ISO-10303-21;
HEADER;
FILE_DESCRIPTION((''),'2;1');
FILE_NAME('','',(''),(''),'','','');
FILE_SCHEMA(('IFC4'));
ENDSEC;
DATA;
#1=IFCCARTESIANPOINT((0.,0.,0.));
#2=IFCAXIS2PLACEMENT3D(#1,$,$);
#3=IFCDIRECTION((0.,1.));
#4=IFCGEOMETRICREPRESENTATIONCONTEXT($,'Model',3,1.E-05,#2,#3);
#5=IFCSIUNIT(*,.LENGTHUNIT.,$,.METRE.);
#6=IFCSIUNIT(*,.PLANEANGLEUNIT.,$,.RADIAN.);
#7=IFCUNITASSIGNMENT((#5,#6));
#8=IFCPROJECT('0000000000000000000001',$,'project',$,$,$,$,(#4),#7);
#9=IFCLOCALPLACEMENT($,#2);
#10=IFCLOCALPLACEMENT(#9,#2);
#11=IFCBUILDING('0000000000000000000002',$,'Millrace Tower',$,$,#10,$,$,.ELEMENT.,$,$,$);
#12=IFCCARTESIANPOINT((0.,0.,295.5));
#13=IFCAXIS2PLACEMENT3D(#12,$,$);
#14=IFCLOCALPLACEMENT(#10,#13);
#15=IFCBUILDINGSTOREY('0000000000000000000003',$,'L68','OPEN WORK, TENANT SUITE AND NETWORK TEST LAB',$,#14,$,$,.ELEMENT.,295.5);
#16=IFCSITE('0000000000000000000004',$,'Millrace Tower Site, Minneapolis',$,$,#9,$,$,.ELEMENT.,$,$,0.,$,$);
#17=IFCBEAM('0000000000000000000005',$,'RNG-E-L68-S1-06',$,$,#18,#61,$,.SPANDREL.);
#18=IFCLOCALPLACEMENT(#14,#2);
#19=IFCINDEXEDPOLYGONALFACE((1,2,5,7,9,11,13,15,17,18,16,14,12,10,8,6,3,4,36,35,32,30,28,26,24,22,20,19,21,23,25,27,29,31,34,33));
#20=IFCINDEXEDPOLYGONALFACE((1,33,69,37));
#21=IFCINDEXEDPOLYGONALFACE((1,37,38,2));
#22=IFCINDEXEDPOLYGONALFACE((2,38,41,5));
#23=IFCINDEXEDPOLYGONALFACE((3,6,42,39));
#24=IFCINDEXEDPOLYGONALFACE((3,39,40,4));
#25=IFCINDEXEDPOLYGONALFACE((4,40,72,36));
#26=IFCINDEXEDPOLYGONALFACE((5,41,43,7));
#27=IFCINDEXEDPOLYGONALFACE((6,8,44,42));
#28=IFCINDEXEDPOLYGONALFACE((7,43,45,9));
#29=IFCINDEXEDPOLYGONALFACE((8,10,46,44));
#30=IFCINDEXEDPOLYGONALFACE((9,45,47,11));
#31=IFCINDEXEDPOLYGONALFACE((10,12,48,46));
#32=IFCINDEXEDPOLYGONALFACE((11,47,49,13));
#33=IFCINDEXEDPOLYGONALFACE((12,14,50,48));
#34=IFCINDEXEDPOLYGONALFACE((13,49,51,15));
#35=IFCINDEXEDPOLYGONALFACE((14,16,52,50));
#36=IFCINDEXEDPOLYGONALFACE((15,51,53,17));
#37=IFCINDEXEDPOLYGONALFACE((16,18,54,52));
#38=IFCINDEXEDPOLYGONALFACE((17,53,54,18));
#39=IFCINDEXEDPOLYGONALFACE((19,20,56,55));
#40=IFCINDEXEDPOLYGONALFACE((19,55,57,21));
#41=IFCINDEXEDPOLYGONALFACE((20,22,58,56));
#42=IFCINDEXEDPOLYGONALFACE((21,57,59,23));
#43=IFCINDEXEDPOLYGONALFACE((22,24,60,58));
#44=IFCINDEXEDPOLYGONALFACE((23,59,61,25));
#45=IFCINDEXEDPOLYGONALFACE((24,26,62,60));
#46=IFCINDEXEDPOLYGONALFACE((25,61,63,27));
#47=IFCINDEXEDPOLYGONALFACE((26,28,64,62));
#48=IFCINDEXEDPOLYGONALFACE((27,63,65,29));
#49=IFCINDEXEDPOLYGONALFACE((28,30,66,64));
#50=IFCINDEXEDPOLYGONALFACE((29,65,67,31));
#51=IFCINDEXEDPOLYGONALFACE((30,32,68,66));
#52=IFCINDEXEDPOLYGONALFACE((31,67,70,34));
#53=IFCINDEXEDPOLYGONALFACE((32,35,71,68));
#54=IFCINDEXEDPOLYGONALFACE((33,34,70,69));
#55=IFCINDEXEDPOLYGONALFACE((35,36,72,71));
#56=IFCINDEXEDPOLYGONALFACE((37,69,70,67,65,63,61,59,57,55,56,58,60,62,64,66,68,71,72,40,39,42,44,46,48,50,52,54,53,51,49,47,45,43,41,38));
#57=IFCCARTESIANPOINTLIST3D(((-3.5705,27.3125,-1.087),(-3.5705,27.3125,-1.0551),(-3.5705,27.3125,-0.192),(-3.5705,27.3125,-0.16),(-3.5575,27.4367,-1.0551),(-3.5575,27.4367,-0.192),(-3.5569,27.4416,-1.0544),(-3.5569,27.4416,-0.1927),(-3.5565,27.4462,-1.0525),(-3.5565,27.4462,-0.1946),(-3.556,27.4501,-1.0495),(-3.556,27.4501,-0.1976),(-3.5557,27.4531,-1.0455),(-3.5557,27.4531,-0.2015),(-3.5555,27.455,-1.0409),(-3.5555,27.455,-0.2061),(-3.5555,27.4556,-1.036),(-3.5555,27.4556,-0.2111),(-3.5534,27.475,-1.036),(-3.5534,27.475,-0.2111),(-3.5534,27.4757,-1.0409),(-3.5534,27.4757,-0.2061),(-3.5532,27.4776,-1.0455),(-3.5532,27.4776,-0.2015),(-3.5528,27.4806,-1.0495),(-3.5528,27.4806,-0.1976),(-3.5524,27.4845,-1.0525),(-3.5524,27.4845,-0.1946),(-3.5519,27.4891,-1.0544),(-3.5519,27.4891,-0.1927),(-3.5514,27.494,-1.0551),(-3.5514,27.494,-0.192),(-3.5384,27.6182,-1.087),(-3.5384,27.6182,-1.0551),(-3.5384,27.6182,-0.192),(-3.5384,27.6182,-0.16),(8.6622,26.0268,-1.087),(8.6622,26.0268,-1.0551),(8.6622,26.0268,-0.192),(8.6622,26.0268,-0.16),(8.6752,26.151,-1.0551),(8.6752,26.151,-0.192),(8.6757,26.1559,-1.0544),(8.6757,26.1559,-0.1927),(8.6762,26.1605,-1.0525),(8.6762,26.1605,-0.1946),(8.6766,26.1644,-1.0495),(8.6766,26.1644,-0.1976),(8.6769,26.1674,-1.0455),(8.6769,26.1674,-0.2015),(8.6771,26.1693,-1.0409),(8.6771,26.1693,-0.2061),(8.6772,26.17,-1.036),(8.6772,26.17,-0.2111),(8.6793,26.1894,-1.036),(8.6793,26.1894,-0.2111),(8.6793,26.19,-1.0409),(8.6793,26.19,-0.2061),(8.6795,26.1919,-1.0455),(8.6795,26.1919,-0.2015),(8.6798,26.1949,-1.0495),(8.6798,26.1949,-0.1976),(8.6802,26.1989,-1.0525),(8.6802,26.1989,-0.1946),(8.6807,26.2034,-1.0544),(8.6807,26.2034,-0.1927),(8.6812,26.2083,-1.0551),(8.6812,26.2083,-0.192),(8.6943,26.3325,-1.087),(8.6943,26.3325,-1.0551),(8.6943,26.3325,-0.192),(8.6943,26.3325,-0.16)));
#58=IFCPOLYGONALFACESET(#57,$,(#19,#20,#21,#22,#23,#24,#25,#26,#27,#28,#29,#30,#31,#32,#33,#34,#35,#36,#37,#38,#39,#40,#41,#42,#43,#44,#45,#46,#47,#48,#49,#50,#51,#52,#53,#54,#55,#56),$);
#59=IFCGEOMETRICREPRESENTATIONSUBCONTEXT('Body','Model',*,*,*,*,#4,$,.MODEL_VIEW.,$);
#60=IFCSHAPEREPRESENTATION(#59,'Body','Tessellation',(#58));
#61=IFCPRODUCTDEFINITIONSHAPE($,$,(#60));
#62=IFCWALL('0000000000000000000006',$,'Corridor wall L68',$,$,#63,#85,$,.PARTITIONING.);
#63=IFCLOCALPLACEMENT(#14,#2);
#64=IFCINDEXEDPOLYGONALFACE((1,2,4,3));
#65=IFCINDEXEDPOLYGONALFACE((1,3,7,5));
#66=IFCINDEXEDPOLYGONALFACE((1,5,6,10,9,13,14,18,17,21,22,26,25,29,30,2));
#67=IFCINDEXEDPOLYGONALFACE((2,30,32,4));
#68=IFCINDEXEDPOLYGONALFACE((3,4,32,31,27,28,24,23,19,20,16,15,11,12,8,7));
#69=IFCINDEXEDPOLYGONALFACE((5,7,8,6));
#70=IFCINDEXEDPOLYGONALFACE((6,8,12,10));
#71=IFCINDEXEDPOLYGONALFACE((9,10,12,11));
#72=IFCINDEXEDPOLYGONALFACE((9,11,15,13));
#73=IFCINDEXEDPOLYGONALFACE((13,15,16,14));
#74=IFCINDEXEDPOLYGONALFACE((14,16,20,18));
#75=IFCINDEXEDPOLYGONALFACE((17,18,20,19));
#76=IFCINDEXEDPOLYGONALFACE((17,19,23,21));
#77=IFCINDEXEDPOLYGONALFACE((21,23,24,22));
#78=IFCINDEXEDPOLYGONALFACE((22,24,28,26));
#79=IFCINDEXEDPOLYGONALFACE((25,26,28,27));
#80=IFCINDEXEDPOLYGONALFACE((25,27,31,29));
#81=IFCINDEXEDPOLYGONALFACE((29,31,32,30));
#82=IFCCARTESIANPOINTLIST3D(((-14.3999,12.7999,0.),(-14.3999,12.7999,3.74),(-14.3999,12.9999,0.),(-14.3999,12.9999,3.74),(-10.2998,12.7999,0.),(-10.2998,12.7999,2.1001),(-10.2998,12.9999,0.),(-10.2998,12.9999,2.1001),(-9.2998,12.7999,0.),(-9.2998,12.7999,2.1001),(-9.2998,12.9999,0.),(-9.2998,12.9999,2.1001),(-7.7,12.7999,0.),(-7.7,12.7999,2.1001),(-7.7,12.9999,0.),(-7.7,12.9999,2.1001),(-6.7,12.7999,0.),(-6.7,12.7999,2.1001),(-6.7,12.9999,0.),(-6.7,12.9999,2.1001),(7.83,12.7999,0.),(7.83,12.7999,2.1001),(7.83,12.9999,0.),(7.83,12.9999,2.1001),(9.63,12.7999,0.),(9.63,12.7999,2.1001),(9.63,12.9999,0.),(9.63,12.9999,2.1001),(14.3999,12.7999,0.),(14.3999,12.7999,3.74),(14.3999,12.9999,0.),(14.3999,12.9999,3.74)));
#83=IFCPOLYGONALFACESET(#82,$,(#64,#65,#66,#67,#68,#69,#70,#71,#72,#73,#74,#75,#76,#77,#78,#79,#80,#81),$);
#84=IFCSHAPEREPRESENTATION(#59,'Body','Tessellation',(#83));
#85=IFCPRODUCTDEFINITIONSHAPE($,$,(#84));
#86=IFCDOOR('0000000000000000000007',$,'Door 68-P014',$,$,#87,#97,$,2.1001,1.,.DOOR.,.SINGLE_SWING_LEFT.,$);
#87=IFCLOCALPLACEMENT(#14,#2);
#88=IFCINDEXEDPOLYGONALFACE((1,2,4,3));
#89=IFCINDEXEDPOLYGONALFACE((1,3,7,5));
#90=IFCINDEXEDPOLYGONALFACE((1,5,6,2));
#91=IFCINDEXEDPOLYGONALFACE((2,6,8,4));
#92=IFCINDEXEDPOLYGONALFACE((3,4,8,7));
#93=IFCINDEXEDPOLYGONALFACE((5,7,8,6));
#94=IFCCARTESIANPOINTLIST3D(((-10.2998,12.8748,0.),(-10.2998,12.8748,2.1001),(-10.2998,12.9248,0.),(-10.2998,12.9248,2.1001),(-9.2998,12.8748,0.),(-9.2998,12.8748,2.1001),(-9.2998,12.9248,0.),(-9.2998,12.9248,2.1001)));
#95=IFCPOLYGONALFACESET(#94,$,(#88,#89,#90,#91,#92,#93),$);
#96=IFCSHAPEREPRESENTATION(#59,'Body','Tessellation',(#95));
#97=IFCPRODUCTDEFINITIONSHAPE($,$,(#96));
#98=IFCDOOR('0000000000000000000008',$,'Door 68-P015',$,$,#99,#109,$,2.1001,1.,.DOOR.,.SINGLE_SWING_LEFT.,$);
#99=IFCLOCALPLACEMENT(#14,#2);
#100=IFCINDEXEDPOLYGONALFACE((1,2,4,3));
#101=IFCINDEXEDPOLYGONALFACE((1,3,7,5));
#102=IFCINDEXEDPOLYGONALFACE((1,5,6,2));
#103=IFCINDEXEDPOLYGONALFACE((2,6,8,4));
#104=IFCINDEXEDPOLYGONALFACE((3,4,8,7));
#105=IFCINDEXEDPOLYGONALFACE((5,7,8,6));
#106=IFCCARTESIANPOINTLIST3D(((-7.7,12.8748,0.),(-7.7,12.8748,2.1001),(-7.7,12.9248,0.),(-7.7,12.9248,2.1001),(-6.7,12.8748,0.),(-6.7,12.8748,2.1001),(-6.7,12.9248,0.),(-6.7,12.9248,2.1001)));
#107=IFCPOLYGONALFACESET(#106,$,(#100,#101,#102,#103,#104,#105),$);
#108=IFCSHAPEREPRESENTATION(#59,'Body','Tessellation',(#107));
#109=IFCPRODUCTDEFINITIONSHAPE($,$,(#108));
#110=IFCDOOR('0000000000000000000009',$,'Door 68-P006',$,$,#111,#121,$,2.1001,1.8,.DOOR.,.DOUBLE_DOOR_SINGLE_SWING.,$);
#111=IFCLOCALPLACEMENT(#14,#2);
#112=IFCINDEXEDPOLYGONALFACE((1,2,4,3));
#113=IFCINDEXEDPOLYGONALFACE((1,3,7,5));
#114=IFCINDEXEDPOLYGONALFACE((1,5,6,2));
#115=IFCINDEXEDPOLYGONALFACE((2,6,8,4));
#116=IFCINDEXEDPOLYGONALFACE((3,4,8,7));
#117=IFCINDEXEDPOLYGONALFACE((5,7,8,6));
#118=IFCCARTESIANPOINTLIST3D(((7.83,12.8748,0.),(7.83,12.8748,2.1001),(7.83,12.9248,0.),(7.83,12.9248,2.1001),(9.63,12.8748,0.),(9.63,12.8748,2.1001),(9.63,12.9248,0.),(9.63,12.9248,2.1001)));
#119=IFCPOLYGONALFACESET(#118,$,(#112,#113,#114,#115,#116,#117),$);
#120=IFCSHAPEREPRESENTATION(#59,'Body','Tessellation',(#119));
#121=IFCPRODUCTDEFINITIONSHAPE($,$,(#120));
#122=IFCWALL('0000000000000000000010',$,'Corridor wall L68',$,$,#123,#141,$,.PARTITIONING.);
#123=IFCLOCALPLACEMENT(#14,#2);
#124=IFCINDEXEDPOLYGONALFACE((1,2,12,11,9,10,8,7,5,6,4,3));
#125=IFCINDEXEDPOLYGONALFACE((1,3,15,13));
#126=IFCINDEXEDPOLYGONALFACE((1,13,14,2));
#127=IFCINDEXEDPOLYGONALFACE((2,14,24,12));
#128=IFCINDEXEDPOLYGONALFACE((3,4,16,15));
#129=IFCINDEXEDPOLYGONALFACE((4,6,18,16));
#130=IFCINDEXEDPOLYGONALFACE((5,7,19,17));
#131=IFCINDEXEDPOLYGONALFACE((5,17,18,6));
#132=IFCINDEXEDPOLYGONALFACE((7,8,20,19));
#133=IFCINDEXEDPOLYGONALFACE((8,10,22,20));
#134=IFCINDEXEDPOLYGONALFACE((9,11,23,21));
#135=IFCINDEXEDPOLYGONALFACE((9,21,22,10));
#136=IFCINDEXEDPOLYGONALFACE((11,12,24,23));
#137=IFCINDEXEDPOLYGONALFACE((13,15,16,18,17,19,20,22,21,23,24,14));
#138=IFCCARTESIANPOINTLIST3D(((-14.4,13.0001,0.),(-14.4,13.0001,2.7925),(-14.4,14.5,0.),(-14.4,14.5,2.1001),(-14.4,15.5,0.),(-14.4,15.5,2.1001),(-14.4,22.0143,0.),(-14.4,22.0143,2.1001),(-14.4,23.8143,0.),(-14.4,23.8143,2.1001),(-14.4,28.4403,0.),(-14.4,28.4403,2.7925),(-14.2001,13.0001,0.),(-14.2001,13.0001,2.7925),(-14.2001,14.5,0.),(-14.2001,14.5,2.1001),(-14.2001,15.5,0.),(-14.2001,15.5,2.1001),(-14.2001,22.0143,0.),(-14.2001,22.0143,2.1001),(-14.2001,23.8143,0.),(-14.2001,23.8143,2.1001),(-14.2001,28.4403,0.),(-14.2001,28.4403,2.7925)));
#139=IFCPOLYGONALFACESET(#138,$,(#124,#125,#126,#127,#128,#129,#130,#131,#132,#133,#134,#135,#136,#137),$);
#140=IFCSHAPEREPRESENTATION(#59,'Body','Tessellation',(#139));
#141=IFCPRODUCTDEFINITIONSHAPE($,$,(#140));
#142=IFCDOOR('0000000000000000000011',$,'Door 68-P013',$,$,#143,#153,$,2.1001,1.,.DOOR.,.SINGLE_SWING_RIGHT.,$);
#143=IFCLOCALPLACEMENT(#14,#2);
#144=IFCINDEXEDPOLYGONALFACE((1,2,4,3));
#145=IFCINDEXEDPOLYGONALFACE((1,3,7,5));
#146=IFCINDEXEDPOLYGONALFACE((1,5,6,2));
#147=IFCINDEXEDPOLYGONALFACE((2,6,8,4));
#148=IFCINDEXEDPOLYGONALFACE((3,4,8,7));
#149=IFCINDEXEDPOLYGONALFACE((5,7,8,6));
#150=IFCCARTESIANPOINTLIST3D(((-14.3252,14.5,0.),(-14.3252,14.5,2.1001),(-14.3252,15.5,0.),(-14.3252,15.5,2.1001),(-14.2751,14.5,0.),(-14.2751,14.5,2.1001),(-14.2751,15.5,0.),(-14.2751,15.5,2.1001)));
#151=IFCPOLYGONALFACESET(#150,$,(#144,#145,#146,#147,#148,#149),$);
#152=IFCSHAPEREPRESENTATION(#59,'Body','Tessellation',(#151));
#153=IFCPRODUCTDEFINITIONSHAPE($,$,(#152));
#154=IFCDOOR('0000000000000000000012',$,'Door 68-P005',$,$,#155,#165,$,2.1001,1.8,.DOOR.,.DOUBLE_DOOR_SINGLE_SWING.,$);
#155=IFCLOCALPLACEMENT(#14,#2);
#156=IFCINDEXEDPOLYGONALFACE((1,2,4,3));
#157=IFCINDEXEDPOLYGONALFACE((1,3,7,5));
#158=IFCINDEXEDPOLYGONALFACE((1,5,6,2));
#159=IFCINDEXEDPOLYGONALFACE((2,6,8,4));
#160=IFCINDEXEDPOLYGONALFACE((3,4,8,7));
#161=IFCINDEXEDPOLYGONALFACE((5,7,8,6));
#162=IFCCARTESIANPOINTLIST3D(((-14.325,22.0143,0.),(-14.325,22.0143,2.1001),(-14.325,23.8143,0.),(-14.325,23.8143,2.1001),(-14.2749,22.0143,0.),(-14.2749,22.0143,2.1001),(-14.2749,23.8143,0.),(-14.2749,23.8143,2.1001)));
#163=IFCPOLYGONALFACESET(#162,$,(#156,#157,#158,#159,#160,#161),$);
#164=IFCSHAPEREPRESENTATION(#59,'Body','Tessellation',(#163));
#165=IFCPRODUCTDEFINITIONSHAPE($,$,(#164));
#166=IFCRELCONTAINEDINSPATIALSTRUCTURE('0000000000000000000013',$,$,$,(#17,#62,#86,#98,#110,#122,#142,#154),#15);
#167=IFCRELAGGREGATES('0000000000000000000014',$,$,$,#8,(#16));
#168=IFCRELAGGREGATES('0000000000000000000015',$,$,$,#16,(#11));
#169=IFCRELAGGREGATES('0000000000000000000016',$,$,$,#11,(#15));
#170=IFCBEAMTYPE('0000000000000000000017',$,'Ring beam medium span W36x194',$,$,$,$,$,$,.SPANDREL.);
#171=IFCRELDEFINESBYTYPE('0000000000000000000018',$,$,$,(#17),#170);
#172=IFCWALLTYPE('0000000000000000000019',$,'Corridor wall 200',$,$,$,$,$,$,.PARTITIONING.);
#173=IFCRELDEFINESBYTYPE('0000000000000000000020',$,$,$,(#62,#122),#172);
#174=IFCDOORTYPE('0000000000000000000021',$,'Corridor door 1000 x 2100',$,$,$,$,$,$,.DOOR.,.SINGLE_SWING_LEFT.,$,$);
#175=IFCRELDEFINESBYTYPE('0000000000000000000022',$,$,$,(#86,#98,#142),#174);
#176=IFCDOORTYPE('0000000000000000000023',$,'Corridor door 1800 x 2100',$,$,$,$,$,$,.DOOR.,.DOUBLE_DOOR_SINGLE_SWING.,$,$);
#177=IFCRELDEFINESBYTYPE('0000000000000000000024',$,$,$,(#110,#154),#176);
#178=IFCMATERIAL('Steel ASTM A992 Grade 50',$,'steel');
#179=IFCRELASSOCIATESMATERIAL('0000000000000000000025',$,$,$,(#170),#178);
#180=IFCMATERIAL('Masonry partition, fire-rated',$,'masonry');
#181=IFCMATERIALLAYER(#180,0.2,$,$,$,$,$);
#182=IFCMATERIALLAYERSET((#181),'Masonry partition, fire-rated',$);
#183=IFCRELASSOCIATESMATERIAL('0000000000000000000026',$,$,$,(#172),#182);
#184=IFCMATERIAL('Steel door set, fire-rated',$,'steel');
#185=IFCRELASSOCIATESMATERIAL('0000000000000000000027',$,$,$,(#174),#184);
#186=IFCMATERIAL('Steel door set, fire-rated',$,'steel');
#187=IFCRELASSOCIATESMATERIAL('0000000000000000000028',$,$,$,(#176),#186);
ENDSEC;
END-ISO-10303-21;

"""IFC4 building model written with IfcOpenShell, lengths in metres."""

from ifc_helpers import new_model, si_unit, direction, frame, frame_2d, origin, origin_2d, place, context, subcontext, project, spatial, rectangle, i_section, extrude, material, layer, layer_set, material_profile, profile_set, type_object, element, fill, save


model = new_model("IFC4")

# Units and contexts
model_context = context("Model", 3, precision=1e-05, world=origin(), true_north=direction((0.0, 1.0)))
body_context = subcontext(model_context, "Body", "Model", "MODEL_VIEW")
ifc_project = project(units=[si_unit("LENGTHUNIT", "METRE"), si_unit("PLANEANGLEUNIT", "RADIAN")], contexts=[model_context])

# Site, building, storey
site_placement = place(None, origin())
site = spatial("IfcSite", under=ifc_project, at=site_placement, Name="Millrace Tower Site, Minneapolis", CompositionType="ELEMENT", RefElevation=0.0)
building_placement = place(site_placement, origin())
building = spatial("IfcBuilding", under=site, at=building_placement, Name="Millrace Tower", CompositionType="ELEMENT")
storey_placement = place(building_placement, frame((0.0, 0.0, 295.5)))
storey = spatial("IfcBuildingStorey", under=building, at=storey_placement, Name="L68", Description="OPEN WORK, TENANT SUITE AND NETWORK TEST LAB", CompositionType="ELEMENT", Elevation=295.5)

# Beam
ifc_material_1 = material(Name="Steel ASTM A992 Grade 50", Category="steel")
ifc_material_profile_1 = material_profile(ifc_material_1, i_section(OverallWidth=0.3074, OverallDepth=0.927, WebThickness=0.0195, FlangeThickness=0.032, FilletRadius=0.019, at=origin_2d()))
ifc_profile_set_1 = profile_set([ifc_material_profile_1], Name="Steel ASTM A992 Grade 50")
beam_type_1 = type_object("IfcBeamType", Name="Ring beam medium span W36x194", PredefinedType="SPANDREL", material=ifc_profile_set_1)
beam_1_placement = place(storey_placement, frame((-3.5544, 27.4653, -0.6235), z_axis=(0.994522, -0.104524, 0.0), x_axis=(0.104524, 0.994522, 0.0)))
element("IfcBeam", 1, at=beam_1_placement, inside=storey, type_object=beam_type_1, Name="RNG-E-L68-S1-06", PredefinedType="SPANDREL", context=body_context, shape_type="SweptSolid", body=[
    extrude(i_section(OverallWidth=0.3074, OverallDepth=0.927, WebThickness=0.0195, FlangeThickness=0.032, FilletRadius=0.019, at=origin_2d()), origin(), (0.0, 0.0, 1.0), 12.3),
])

# Walls, openings, doors
ifc_material_2 = material(Name="Masonry partition, fire-rated", Category="masonry")
ifc_layer_1 = layer(ifc_material_2, 0.2)
ifc_layer_set_1 = layer_set([ifc_layer_1], Name="Masonry partition, fire-rated")
wall_type_1 = type_object("IfcWallType", Name="Corridor wall 200", PredefinedType="PARTITIONING", material=ifc_layer_set_1)
wall_1_placement = place(storey_placement, frame((-14.3999, 12.8999, 0.0), z_axis=(0.0, 0.0, 1.0), x_axis=(1.0, 0.0, 0.0)))
wall_1 = element("IfcWall", 2, at=wall_1_placement, inside=storey, type_object=wall_type_1, Name="Corridor wall L68", PredefinedType="PARTITIONING", context=body_context, shape_type="SweptSolid", body=[
    extrude(rectangle(XDim=28.7998, YDim=0.2, at=frame_2d((14.3999, 0.0))), origin(), (0.0, 0.0, 1.0), 3.74),
])
opening_1_placement = place(wall_1_placement, frame((22.23, 0.0, 0.0)))
opening_1 = element("IfcOpeningElement", 3, at=opening_1_placement, cuts=wall_1, PredefinedType="OPENING", context=body_context, shape_type="SweptSolid", body=[
    extrude(rectangle(XDim=1.8, YDim=2.1001, at=frame_2d((0.8999, 1.05))), frame((0.0, 0.1099, 0.0), z_axis=(0.0, -1.0, 0.0), x_axis=(1.0, 0.0, 0.0)), (0.0, 0.0, 1.0), 0.22),
])
opening_2_placement = place(wall_1_placement, frame((4.1001, 0.0, 0.0)))
opening_2 = element("IfcOpeningElement", 4, at=opening_2_placement, cuts=wall_1, PredefinedType="OPENING", context=body_context, shape_type="SweptSolid", body=[
    extrude(rectangle(XDim=1.0, YDim=2.1001, at=frame_2d((0.5, 1.05))), frame((0.0, 0.1099, 0.0), z_axis=(0.0, -1.0, 0.0), x_axis=(1.0, 0.0, 0.0)), (0.0, 0.0, 1.0), 0.22),
])
opening_3_placement = place(wall_1_placement, frame((6.7, 0.0, 0.0)))
opening_3 = element("IfcOpeningElement", 5, at=opening_3_placement, cuts=wall_1, PredefinedType="OPENING", context=body_context, shape_type="SweptSolid", body=[
    extrude(rectangle(XDim=1.0, YDim=2.1001, at=frame_2d((0.5, 1.05))), frame((0.0, 0.1099, 0.0), z_axis=(0.0, -1.0, 0.0), x_axis=(1.0, 0.0, 0.0)), (0.0, 0.0, 1.0), 0.22),
])
ifc_material_3 = material(Name="Steel door set, fire-rated", Category="steel")
door_type_1 = type_object("IfcDoorType", Name="Corridor door 1000 x 2100", OperationType="SINGLE_SWING_LEFT", PredefinedType="DOOR", material=ifc_material_3)
door_1_placement = place(opening_2_placement, origin())
door_1 = element("IfcDoor", 6, at=door_1_placement, inside=storey, type_object=door_type_1, Name="Door 68-P014", OperationType="SINGLE_SWING_LEFT", OverallHeight=2.1001, OverallWidth=1.0, PredefinedType="DOOR", context=body_context, shape_type="SweptSolid", body=[
    extrude(rectangle(XDim=1.0, YDim=2.1001, at=frame_2d((0.5, 1.05))), frame((0.0, 0.0249, 0.0), z_axis=(0.0, -1.0, 0.0), x_axis=(1.0, 0.0, 0.0)), (0.0, 0.0, 1.0), 0.05),
])
fill(opening_2, door_1)
door_2_placement = place(opening_3_placement, origin())
door_2 = element("IfcDoor", 7, at=door_2_placement, inside=storey, type_object=door_type_1, Name="Door 68-P015", OperationType="SINGLE_SWING_LEFT", OverallHeight=2.1001, OverallWidth=1.0, PredefinedType="DOOR", context=body_context, shape_type="SweptSolid", body=[
    extrude(rectangle(XDim=1.0, YDim=2.1001, at=frame_2d((0.5, 1.05))), frame((0.0, 0.0249, 0.0), z_axis=(0.0, -1.0, 0.0), x_axis=(1.0, 0.0, 0.0)), (0.0, 0.0, 1.0), 0.05),
])
fill(opening_3, door_2)
ifc_material_4 = material(Name="Steel door set, fire-rated", Category="steel")
door_type_2 = type_object("IfcDoorType", Name="Corridor door 1800 x 2100", OperationType="DOUBLE_DOOR_SINGLE_SWING", PredefinedType="DOOR", material=ifc_material_4)
door_3_placement = place(opening_1_placement, origin())
door_3 = element("IfcDoor", 8, at=door_3_placement, inside=storey, type_object=door_type_2, Name="Door 68-P006", OperationType="DOUBLE_DOOR_SINGLE_SWING", OverallHeight=2.1001, OverallWidth=1.8, PredefinedType="DOOR", context=body_context, shape_type="SweptSolid", body=[
    extrude(rectangle(XDim=1.8, YDim=2.1001, at=frame_2d((0.8999, 1.05))), frame((0.0, 0.0249, 0.0), z_axis=(0.0, -1.0, 0.0), x_axis=(1.0, 0.0, 0.0)), (0.0, 0.0, 1.0), 0.05),
])
fill(opening_1, door_3)
wall_2_placement = place(storey_placement, frame((-14.3, 13.0, 0.0), z_axis=(0.0, 0.0, 1.0), x_axis=(0.0, 1.0, 0.0)))
wall_2 = element("IfcWall", 9, at=wall_2_placement, inside=storey, type_object=wall_type_1, Name="Corridor wall L68", PredefinedType="PARTITIONING", context=body_context, shape_type="SweptSolid", body=[
    extrude(rectangle(XDim=15.4402, YDim=0.2, at=frame_2d((7.7202, 0.0))), origin(), (0.0, 0.0, 1.0), 2.7925),
])
opening_4_placement = place(wall_2_placement, frame((9.0144, 0.0, 0.0)))
opening_4 = element("IfcOpeningElement", 10, at=opening_4_placement, cuts=wall_2, PredefinedType="OPENING", context=body_context, shape_type="SweptSolid", body=[
    extrude(rectangle(XDim=1.8, YDim=2.1001, at=frame_2d((0.8999, 1.05))), frame((0.0, 0.1099, 0.0), z_axis=(0.0, -1.0, 0.0), x_axis=(1.0, 0.0, 0.0)), (0.0, 0.0, 1.0), 0.22),
])
opening_5_placement = place(wall_2_placement, frame((1.5, 0.0, 0.0)))
opening_5 = element("IfcOpeningElement", 11, at=opening_5_placement, cuts=wall_2, PredefinedType="OPENING", context=body_context, shape_type="SweptSolid", body=[
    extrude(rectangle(XDim=1.0, YDim=2.1001, at=frame_2d((0.5, 1.05))), frame((0.0, 0.1099, 0.0), z_axis=(0.0, -1.0, 0.0), x_axis=(1.0, 0.0, 0.0)), (0.0, 0.0, 1.0), 0.22),
])
door_4_placement = place(opening_5_placement, frame((1.0, 0.0, 0.0), z_axis=(0.0, 0.0, 1.0), x_axis=(-1.0, 0.0, 0.0)))
door_4 = element("IfcDoor", 12, at=door_4_placement, inside=storey, type_object=door_type_1, Name="Door 68-P013", OperationType="SINGLE_SWING_RIGHT", OverallHeight=2.1001, OverallWidth=1.0, PredefinedType="DOOR", context=body_context, shape_type="SweptSolid", body=[
    extrude(rectangle(XDim=1.0, YDim=2.1001, at=frame_2d((0.5, 1.05))), frame((0.0, 0.0249, 0.0), z_axis=(0.0, -1.0, 0.0), x_axis=(1.0, 0.0, 0.0)), (0.0, 0.0, 1.0), 0.05),
])
fill(opening_5, door_4)
door_5_placement = place(opening_4_placement, origin())
door_5 = element("IfcDoor", 13, at=door_5_placement, inside=storey, type_object=door_type_2, Name="Door 68-P005", OperationType="DOUBLE_DOOR_SINGLE_SWING", OverallHeight=2.1001, OverallWidth=1.8, PredefinedType="DOOR", context=body_context, shape_type="SweptSolid", body=[
    extrude(rectangle(XDim=1.8, YDim=2.1001, at=frame_2d((0.8999, 1.05))), frame((0.0, 0.0249, 0.0), z_axis=(0.0, -1.0, 0.0), x_axis=(1.0, 0.0, 0.0)), (0.0, 0.0, 1.0), 0.05),
])
fill(opening_4, door_5)

save(model, "model.ifc")
